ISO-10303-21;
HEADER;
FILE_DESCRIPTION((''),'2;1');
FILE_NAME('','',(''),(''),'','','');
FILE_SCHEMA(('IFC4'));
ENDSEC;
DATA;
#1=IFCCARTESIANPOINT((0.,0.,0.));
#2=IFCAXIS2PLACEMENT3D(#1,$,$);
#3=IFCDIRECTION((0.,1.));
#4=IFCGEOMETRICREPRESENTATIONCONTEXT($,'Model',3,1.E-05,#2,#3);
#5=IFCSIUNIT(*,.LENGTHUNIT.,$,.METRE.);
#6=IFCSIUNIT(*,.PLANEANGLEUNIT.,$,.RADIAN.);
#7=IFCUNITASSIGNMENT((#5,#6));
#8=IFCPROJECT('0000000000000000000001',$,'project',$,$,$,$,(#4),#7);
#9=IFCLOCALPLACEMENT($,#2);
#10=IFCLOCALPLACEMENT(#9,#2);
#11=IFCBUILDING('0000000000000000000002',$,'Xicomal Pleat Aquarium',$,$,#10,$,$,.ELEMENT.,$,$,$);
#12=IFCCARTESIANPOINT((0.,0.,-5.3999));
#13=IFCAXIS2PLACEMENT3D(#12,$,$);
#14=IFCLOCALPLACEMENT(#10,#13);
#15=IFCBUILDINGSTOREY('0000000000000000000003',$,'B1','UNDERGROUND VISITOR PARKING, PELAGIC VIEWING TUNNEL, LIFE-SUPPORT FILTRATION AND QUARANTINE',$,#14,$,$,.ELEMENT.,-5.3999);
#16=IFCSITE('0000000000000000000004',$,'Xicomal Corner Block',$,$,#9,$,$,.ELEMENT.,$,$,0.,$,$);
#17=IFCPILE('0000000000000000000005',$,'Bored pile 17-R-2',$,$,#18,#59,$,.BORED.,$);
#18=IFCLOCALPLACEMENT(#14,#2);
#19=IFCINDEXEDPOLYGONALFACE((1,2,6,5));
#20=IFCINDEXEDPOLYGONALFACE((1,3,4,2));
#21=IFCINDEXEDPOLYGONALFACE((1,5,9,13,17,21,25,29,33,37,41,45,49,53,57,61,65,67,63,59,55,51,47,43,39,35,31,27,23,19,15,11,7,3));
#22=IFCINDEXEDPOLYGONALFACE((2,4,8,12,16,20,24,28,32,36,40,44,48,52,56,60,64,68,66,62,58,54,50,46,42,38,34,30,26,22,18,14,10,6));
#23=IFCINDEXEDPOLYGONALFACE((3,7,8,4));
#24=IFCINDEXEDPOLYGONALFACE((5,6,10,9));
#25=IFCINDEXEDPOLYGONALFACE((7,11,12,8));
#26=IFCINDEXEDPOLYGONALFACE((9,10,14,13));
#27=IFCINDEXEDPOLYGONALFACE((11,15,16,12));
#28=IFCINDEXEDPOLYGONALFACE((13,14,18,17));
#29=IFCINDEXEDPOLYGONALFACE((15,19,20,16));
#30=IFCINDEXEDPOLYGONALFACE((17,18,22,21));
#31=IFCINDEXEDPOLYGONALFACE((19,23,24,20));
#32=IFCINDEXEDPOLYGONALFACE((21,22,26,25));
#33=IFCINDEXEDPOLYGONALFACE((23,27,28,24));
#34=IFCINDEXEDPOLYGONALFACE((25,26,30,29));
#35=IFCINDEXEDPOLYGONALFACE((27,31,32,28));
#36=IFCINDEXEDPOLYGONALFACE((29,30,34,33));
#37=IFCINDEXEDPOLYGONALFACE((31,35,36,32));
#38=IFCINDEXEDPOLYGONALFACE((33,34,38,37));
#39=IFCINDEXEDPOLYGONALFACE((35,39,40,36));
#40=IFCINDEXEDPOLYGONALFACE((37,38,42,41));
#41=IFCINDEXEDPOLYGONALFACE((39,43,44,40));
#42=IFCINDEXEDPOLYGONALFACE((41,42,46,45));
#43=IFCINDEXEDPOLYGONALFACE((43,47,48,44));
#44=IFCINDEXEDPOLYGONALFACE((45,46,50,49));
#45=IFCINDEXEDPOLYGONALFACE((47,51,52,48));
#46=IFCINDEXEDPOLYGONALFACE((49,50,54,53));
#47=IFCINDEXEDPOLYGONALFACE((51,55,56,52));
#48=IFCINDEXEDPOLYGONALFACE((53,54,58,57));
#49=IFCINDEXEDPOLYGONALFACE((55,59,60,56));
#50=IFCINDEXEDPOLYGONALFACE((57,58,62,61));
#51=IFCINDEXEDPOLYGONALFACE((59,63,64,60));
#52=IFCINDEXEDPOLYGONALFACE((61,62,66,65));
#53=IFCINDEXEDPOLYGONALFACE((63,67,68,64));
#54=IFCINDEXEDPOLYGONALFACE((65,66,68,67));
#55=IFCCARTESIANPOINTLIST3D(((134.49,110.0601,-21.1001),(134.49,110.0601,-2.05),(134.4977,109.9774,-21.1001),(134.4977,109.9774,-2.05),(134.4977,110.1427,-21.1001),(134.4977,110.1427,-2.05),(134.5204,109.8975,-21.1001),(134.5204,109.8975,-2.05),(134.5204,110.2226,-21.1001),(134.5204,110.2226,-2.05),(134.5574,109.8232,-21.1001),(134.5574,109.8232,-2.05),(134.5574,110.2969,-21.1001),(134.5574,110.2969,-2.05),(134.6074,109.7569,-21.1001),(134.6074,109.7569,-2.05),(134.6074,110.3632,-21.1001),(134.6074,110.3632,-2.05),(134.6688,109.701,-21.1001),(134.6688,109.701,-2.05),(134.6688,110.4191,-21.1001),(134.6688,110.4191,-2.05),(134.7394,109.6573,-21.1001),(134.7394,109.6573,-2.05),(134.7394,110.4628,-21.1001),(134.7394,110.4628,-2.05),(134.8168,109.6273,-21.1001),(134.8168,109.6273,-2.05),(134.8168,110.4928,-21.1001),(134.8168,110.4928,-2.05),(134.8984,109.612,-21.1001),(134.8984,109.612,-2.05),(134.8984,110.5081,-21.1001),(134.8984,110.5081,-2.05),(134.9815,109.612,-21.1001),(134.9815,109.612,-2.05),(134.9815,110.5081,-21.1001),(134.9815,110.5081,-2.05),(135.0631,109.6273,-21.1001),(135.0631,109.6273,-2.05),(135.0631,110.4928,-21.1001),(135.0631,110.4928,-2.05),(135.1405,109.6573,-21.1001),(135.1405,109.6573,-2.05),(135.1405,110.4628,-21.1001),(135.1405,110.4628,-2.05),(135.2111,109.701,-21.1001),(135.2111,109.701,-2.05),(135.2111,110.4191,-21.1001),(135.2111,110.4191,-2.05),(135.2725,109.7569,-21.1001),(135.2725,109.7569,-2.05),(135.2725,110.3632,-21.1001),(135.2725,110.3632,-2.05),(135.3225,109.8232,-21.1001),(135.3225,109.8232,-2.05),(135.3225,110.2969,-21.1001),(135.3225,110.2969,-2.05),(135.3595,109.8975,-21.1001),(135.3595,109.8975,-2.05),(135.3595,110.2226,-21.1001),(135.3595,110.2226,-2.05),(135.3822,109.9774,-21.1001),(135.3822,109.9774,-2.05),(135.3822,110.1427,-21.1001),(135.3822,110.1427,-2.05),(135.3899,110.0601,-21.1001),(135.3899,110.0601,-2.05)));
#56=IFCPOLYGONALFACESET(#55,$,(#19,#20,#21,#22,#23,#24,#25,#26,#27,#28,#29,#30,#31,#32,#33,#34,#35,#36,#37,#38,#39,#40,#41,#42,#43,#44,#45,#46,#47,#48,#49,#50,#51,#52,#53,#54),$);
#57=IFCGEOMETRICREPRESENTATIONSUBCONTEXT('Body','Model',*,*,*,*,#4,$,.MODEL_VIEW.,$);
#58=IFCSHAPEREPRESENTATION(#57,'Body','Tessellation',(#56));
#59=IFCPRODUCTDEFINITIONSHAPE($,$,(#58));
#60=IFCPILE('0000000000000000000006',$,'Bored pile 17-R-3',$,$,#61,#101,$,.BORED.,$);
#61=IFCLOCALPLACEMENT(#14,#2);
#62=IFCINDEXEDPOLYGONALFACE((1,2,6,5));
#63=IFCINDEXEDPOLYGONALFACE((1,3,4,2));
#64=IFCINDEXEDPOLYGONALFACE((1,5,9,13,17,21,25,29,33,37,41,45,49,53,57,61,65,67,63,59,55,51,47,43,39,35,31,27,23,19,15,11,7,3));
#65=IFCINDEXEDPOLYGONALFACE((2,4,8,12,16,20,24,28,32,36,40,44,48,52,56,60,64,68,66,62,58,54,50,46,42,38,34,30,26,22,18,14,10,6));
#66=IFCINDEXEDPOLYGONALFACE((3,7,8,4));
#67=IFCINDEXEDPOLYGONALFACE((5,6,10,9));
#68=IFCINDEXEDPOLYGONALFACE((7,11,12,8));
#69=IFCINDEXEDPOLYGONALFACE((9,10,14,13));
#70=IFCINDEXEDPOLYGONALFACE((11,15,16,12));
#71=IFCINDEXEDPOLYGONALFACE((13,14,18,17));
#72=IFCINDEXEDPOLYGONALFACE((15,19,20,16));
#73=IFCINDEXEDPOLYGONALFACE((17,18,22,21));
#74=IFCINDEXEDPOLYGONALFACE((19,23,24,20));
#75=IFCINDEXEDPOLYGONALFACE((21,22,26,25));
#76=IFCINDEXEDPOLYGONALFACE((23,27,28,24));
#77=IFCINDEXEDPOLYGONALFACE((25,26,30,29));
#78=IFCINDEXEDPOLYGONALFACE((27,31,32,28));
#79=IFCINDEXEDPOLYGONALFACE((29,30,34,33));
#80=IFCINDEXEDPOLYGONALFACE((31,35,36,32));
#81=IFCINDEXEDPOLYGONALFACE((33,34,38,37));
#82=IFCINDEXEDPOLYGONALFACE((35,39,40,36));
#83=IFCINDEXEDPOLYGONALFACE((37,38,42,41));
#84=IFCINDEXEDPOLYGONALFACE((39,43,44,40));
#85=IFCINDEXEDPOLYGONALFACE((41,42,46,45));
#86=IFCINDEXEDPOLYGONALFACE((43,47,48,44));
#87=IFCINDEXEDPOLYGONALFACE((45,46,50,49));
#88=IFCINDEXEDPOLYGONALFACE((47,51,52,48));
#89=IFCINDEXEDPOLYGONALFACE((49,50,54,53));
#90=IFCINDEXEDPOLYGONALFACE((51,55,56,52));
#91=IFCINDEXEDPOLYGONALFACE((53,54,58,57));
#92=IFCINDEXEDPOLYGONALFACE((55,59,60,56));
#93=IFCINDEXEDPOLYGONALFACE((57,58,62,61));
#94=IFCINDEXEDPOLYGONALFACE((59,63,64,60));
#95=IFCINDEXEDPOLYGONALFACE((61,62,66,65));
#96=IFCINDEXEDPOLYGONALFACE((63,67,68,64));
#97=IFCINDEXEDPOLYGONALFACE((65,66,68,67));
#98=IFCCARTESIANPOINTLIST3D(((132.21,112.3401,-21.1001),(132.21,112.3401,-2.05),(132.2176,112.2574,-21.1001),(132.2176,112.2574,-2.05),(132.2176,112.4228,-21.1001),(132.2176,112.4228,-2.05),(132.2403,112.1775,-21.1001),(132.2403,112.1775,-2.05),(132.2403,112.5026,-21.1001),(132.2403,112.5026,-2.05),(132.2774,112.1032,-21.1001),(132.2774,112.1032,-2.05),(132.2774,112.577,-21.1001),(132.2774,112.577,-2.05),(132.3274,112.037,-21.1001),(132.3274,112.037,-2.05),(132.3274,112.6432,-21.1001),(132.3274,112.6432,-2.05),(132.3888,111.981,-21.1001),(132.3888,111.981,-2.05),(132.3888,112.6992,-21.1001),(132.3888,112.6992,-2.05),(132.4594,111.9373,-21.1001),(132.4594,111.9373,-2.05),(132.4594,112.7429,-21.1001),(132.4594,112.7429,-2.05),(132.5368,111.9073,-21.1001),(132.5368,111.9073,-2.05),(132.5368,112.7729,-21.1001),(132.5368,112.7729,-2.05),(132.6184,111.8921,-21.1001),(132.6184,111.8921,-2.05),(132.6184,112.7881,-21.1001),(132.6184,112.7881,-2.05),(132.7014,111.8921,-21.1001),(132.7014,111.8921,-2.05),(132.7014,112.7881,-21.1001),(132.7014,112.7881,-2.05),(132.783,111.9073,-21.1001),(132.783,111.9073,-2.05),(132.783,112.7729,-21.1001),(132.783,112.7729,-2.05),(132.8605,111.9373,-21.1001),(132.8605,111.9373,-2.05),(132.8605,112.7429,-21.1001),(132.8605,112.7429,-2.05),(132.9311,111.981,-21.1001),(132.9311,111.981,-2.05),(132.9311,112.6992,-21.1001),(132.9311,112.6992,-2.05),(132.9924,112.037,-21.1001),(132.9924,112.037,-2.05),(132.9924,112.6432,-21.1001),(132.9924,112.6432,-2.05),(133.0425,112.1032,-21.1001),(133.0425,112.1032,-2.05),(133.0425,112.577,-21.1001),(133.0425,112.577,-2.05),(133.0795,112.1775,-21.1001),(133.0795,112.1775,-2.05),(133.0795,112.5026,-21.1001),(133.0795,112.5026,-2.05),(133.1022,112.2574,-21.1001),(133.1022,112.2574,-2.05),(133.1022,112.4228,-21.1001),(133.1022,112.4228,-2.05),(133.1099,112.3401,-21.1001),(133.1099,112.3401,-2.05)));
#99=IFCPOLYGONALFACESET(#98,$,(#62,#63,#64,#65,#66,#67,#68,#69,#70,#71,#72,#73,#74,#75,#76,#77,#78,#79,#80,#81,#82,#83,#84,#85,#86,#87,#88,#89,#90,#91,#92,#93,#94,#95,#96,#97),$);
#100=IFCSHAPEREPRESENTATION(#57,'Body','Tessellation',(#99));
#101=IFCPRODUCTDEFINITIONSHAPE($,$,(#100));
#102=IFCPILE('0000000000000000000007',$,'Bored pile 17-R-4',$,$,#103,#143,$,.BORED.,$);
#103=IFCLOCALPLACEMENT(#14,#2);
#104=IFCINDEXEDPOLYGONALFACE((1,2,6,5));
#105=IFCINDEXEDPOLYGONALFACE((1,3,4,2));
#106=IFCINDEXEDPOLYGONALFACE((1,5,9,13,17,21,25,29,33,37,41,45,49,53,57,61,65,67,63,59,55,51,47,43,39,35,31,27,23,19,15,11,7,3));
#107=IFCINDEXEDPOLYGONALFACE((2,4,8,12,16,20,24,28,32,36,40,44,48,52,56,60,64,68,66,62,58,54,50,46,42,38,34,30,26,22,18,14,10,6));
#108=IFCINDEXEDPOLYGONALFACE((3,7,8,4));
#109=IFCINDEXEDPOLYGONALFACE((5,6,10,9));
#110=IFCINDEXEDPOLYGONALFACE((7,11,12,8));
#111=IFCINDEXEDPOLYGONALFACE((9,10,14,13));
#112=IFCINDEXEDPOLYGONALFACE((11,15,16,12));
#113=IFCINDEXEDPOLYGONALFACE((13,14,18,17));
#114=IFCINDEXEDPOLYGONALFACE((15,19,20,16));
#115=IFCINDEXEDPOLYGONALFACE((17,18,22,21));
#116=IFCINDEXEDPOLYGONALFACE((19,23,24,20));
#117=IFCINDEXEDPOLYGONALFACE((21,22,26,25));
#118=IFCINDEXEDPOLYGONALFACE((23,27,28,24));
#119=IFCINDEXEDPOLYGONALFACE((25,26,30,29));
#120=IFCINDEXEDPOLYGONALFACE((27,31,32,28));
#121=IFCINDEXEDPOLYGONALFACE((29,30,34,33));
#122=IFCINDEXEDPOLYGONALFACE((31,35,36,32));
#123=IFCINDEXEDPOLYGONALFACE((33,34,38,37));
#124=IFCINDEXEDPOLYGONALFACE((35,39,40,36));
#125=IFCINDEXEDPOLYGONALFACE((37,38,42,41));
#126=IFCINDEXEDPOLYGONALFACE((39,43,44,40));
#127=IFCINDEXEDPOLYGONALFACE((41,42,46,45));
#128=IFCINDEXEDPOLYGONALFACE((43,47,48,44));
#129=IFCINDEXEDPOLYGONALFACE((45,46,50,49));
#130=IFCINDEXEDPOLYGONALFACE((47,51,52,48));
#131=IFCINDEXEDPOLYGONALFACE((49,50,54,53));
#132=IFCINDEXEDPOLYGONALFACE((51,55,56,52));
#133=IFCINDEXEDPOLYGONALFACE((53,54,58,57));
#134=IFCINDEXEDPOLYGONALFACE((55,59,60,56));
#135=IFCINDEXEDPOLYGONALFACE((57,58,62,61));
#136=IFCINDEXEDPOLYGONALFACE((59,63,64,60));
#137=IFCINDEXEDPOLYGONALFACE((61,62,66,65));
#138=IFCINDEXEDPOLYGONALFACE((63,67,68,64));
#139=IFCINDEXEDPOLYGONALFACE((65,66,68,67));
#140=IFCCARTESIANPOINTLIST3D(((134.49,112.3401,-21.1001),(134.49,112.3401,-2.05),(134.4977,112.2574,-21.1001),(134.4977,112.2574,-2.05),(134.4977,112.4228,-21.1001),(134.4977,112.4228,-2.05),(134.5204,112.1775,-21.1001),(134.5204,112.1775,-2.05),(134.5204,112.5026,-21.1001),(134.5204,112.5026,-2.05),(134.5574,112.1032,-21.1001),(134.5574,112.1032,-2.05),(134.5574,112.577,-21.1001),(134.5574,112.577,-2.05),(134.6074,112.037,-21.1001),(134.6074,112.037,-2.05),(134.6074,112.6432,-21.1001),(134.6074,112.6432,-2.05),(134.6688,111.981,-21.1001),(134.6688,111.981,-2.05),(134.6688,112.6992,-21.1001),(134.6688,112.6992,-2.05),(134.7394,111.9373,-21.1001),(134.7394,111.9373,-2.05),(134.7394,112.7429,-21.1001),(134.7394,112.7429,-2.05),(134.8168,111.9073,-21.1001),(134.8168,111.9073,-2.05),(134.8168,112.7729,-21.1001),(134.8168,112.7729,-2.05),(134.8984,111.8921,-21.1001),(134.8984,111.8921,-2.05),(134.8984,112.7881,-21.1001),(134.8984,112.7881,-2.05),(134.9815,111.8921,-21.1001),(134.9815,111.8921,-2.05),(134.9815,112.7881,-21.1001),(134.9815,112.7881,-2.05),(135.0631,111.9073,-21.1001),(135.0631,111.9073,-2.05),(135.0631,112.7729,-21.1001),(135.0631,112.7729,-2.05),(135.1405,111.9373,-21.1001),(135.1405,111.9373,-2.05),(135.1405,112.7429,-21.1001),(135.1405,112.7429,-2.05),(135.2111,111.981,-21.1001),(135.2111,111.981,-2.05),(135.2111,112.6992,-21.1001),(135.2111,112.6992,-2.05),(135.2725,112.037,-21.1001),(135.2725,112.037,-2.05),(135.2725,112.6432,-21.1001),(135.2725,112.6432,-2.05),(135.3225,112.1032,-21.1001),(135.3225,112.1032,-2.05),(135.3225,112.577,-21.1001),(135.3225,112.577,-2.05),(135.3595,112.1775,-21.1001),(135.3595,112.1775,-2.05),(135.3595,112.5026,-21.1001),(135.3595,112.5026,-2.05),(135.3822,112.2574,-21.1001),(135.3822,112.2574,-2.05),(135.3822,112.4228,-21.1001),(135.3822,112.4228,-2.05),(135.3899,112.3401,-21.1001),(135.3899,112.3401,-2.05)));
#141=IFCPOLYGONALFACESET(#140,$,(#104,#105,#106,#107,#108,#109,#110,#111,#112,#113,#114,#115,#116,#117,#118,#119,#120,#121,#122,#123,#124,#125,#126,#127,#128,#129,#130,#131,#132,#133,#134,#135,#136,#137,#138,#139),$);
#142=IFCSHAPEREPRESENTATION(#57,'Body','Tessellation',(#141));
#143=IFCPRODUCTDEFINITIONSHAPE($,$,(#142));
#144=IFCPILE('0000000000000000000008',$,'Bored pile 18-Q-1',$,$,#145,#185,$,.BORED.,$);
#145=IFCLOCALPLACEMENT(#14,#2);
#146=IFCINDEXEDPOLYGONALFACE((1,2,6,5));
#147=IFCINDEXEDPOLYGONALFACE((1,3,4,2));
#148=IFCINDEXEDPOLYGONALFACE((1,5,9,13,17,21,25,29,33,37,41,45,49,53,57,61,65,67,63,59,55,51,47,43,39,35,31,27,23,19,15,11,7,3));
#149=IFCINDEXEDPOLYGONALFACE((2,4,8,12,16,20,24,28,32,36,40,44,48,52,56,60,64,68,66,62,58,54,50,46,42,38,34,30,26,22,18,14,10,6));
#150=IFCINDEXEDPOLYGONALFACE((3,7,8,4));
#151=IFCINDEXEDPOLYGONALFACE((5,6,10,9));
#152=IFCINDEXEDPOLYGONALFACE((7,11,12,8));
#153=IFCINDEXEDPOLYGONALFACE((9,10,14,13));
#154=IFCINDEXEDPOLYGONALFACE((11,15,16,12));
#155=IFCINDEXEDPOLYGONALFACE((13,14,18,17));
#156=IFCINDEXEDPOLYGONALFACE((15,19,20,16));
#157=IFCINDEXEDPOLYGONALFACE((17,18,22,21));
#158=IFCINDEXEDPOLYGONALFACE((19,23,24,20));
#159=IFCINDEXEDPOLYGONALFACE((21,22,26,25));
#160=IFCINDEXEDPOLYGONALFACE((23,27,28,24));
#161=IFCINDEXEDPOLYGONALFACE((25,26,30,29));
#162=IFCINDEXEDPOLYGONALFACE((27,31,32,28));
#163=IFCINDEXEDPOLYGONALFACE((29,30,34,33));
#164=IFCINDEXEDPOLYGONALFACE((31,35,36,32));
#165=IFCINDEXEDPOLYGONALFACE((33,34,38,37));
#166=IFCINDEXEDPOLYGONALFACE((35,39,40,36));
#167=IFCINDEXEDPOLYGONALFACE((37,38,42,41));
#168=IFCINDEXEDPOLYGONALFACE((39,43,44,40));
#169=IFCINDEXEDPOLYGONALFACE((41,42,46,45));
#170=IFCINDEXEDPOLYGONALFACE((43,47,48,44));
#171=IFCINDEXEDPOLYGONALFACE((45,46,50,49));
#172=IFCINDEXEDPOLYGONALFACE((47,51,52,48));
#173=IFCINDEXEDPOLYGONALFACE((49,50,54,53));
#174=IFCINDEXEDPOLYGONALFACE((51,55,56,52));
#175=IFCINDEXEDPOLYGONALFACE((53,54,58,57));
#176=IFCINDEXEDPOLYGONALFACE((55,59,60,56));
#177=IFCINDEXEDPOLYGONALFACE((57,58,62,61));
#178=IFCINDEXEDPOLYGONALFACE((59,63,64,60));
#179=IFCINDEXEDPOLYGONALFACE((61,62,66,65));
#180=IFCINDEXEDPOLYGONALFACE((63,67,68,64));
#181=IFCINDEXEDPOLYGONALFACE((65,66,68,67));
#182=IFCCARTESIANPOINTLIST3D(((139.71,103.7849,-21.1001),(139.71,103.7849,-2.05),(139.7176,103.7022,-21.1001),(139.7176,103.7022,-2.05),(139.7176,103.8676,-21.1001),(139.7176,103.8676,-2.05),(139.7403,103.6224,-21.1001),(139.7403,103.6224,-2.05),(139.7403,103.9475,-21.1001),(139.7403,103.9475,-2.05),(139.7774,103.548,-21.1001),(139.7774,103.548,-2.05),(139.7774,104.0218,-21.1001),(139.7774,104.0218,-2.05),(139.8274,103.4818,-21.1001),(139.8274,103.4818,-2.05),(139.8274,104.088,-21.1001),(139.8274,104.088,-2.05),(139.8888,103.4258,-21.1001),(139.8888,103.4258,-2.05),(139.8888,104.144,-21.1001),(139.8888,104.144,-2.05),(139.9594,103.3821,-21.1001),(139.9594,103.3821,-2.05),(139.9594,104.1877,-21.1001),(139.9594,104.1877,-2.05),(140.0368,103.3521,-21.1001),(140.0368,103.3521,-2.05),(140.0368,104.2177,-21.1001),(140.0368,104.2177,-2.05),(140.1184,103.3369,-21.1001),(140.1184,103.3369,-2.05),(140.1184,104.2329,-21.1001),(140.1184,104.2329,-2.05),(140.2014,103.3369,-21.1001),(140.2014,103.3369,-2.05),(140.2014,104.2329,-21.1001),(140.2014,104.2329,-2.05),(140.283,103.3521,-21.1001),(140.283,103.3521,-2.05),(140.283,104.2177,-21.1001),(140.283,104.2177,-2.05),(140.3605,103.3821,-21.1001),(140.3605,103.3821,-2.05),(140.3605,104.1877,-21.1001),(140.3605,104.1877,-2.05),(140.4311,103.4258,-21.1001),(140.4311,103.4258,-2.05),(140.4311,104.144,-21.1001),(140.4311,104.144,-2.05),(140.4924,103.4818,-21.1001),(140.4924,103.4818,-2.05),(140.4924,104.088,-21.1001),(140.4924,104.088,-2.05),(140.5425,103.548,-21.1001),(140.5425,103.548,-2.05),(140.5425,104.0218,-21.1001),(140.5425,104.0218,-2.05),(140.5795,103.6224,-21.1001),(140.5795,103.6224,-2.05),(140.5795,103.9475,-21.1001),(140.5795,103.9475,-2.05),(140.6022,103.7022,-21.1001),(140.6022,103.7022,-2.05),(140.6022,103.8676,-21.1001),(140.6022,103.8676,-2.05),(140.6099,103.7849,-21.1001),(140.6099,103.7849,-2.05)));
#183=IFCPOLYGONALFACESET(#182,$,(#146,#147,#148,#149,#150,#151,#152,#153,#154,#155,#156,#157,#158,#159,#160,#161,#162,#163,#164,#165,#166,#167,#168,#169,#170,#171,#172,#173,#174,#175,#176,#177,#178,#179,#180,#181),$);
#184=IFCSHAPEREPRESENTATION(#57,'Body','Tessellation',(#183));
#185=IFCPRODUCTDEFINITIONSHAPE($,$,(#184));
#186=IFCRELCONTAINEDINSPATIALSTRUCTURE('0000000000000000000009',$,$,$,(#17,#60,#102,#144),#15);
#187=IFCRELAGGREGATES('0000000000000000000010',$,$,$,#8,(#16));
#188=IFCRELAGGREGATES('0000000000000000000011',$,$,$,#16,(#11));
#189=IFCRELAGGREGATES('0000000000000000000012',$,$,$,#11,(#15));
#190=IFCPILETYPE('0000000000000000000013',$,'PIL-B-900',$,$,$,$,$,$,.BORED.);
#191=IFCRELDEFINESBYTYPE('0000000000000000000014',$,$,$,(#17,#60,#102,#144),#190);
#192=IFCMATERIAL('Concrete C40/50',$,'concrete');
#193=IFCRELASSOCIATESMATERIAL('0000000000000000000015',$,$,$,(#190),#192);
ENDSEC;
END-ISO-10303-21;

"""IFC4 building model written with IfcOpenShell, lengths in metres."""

from ifc_helpers import new_model, si_unit, direction, frame, origin, origin_2d, place, context, subcontext, project, spatial, circle, extrude, material, material_profile, profile_set, type_object, element, save


model = new_model("IFC4")

# Units and contexts
model_context = context("Model", 3, precision=1e-05, world=origin(), true_north=direction((0.0, 1.0)))
body_context = subcontext(model_context, "Body", "Model", "MODEL_VIEW")
ifc_project = project(units=[si_unit("LENGTHUNIT", "METRE"), si_unit("PLANEANGLEUNIT", "RADIAN")], contexts=[model_context])

# Site, building, storey
site_placement = place(None, origin())
site = spatial("IfcSite", under=ifc_project, at=site_placement, Name="Xicomal Corner Block", CompositionType="ELEMENT", RefElevation=0.0)
building_placement = place(site_placement, origin())
building = spatial("IfcBuilding", under=site, at=building_placement, Name="Xicomal Pleat Aquarium", CompositionType="ELEMENT")
storey_placement = place(building_placement, frame((0.0, 0.0, -5.3999)))
storey = spatial("IfcBuildingStorey", under=building, at=storey_placement, Name="B1", Description="UNDERGROUND VISITOR PARKING, PELAGIC VIEWING TUNNEL, LIFE-SUPPORT FILTRATION AND QUARANTINE", CompositionType="ELEMENT", Elevation=-5.3999)

# Piles
ifc_material_1 = material(Name="Concrete C40/50", Category="concrete")
ifc_material_profile_1 = material_profile(ifc_material_1, circle(Radius=0.45, at=origin_2d()), Name="BORED PILE D900")
ifc_profile_set_1 = profile_set([ifc_material_profile_1], Name="Concrete C40/50")
pile_type_1 = type_object("IfcPileType", Name="PIL-B-900", PredefinedType="BORED", material=ifc_profile_set_1)
for number, where, z_axis, x_axis, name in (
    (1, (134.9399, 110.0601, -2.05), (0.0, 0.0, -1.0), (1.0, 0.0, 0.0), "Bored pile 17-R-2"),
    (2, (132.6599, 112.3401, -2.05), (0.0, 0.0, -1.0), (1.0, 0.0, 0.0), "Bored pile 17-R-3"),
    (3, (134.9399, 112.3401, -2.05), (0.0, 0.0, -1.0), (1.0, 0.0, 0.0), "Bored pile 17-R-4"),
    (4, (140.1599, 103.7849, -2.05), (0.0, 0.0, -1.0), (1.0, 0.0, 0.0), "Bored pile 18-Q-1"),
):
    element("IfcPile", number, at=place(storey_placement, frame(where, z_axis=z_axis, x_axis=x_axis)), inside=storey, type_object=pile_type_1, Name=name, PredefinedType="BORED", context=body_context, shape_type="SweptSolid", body=[
        extrude(circle(Radius=0.45, at=origin_2d()), origin(), (0.0, 0.0, 1.0), 19.05),
    ])

save(model, "model.ifc")
